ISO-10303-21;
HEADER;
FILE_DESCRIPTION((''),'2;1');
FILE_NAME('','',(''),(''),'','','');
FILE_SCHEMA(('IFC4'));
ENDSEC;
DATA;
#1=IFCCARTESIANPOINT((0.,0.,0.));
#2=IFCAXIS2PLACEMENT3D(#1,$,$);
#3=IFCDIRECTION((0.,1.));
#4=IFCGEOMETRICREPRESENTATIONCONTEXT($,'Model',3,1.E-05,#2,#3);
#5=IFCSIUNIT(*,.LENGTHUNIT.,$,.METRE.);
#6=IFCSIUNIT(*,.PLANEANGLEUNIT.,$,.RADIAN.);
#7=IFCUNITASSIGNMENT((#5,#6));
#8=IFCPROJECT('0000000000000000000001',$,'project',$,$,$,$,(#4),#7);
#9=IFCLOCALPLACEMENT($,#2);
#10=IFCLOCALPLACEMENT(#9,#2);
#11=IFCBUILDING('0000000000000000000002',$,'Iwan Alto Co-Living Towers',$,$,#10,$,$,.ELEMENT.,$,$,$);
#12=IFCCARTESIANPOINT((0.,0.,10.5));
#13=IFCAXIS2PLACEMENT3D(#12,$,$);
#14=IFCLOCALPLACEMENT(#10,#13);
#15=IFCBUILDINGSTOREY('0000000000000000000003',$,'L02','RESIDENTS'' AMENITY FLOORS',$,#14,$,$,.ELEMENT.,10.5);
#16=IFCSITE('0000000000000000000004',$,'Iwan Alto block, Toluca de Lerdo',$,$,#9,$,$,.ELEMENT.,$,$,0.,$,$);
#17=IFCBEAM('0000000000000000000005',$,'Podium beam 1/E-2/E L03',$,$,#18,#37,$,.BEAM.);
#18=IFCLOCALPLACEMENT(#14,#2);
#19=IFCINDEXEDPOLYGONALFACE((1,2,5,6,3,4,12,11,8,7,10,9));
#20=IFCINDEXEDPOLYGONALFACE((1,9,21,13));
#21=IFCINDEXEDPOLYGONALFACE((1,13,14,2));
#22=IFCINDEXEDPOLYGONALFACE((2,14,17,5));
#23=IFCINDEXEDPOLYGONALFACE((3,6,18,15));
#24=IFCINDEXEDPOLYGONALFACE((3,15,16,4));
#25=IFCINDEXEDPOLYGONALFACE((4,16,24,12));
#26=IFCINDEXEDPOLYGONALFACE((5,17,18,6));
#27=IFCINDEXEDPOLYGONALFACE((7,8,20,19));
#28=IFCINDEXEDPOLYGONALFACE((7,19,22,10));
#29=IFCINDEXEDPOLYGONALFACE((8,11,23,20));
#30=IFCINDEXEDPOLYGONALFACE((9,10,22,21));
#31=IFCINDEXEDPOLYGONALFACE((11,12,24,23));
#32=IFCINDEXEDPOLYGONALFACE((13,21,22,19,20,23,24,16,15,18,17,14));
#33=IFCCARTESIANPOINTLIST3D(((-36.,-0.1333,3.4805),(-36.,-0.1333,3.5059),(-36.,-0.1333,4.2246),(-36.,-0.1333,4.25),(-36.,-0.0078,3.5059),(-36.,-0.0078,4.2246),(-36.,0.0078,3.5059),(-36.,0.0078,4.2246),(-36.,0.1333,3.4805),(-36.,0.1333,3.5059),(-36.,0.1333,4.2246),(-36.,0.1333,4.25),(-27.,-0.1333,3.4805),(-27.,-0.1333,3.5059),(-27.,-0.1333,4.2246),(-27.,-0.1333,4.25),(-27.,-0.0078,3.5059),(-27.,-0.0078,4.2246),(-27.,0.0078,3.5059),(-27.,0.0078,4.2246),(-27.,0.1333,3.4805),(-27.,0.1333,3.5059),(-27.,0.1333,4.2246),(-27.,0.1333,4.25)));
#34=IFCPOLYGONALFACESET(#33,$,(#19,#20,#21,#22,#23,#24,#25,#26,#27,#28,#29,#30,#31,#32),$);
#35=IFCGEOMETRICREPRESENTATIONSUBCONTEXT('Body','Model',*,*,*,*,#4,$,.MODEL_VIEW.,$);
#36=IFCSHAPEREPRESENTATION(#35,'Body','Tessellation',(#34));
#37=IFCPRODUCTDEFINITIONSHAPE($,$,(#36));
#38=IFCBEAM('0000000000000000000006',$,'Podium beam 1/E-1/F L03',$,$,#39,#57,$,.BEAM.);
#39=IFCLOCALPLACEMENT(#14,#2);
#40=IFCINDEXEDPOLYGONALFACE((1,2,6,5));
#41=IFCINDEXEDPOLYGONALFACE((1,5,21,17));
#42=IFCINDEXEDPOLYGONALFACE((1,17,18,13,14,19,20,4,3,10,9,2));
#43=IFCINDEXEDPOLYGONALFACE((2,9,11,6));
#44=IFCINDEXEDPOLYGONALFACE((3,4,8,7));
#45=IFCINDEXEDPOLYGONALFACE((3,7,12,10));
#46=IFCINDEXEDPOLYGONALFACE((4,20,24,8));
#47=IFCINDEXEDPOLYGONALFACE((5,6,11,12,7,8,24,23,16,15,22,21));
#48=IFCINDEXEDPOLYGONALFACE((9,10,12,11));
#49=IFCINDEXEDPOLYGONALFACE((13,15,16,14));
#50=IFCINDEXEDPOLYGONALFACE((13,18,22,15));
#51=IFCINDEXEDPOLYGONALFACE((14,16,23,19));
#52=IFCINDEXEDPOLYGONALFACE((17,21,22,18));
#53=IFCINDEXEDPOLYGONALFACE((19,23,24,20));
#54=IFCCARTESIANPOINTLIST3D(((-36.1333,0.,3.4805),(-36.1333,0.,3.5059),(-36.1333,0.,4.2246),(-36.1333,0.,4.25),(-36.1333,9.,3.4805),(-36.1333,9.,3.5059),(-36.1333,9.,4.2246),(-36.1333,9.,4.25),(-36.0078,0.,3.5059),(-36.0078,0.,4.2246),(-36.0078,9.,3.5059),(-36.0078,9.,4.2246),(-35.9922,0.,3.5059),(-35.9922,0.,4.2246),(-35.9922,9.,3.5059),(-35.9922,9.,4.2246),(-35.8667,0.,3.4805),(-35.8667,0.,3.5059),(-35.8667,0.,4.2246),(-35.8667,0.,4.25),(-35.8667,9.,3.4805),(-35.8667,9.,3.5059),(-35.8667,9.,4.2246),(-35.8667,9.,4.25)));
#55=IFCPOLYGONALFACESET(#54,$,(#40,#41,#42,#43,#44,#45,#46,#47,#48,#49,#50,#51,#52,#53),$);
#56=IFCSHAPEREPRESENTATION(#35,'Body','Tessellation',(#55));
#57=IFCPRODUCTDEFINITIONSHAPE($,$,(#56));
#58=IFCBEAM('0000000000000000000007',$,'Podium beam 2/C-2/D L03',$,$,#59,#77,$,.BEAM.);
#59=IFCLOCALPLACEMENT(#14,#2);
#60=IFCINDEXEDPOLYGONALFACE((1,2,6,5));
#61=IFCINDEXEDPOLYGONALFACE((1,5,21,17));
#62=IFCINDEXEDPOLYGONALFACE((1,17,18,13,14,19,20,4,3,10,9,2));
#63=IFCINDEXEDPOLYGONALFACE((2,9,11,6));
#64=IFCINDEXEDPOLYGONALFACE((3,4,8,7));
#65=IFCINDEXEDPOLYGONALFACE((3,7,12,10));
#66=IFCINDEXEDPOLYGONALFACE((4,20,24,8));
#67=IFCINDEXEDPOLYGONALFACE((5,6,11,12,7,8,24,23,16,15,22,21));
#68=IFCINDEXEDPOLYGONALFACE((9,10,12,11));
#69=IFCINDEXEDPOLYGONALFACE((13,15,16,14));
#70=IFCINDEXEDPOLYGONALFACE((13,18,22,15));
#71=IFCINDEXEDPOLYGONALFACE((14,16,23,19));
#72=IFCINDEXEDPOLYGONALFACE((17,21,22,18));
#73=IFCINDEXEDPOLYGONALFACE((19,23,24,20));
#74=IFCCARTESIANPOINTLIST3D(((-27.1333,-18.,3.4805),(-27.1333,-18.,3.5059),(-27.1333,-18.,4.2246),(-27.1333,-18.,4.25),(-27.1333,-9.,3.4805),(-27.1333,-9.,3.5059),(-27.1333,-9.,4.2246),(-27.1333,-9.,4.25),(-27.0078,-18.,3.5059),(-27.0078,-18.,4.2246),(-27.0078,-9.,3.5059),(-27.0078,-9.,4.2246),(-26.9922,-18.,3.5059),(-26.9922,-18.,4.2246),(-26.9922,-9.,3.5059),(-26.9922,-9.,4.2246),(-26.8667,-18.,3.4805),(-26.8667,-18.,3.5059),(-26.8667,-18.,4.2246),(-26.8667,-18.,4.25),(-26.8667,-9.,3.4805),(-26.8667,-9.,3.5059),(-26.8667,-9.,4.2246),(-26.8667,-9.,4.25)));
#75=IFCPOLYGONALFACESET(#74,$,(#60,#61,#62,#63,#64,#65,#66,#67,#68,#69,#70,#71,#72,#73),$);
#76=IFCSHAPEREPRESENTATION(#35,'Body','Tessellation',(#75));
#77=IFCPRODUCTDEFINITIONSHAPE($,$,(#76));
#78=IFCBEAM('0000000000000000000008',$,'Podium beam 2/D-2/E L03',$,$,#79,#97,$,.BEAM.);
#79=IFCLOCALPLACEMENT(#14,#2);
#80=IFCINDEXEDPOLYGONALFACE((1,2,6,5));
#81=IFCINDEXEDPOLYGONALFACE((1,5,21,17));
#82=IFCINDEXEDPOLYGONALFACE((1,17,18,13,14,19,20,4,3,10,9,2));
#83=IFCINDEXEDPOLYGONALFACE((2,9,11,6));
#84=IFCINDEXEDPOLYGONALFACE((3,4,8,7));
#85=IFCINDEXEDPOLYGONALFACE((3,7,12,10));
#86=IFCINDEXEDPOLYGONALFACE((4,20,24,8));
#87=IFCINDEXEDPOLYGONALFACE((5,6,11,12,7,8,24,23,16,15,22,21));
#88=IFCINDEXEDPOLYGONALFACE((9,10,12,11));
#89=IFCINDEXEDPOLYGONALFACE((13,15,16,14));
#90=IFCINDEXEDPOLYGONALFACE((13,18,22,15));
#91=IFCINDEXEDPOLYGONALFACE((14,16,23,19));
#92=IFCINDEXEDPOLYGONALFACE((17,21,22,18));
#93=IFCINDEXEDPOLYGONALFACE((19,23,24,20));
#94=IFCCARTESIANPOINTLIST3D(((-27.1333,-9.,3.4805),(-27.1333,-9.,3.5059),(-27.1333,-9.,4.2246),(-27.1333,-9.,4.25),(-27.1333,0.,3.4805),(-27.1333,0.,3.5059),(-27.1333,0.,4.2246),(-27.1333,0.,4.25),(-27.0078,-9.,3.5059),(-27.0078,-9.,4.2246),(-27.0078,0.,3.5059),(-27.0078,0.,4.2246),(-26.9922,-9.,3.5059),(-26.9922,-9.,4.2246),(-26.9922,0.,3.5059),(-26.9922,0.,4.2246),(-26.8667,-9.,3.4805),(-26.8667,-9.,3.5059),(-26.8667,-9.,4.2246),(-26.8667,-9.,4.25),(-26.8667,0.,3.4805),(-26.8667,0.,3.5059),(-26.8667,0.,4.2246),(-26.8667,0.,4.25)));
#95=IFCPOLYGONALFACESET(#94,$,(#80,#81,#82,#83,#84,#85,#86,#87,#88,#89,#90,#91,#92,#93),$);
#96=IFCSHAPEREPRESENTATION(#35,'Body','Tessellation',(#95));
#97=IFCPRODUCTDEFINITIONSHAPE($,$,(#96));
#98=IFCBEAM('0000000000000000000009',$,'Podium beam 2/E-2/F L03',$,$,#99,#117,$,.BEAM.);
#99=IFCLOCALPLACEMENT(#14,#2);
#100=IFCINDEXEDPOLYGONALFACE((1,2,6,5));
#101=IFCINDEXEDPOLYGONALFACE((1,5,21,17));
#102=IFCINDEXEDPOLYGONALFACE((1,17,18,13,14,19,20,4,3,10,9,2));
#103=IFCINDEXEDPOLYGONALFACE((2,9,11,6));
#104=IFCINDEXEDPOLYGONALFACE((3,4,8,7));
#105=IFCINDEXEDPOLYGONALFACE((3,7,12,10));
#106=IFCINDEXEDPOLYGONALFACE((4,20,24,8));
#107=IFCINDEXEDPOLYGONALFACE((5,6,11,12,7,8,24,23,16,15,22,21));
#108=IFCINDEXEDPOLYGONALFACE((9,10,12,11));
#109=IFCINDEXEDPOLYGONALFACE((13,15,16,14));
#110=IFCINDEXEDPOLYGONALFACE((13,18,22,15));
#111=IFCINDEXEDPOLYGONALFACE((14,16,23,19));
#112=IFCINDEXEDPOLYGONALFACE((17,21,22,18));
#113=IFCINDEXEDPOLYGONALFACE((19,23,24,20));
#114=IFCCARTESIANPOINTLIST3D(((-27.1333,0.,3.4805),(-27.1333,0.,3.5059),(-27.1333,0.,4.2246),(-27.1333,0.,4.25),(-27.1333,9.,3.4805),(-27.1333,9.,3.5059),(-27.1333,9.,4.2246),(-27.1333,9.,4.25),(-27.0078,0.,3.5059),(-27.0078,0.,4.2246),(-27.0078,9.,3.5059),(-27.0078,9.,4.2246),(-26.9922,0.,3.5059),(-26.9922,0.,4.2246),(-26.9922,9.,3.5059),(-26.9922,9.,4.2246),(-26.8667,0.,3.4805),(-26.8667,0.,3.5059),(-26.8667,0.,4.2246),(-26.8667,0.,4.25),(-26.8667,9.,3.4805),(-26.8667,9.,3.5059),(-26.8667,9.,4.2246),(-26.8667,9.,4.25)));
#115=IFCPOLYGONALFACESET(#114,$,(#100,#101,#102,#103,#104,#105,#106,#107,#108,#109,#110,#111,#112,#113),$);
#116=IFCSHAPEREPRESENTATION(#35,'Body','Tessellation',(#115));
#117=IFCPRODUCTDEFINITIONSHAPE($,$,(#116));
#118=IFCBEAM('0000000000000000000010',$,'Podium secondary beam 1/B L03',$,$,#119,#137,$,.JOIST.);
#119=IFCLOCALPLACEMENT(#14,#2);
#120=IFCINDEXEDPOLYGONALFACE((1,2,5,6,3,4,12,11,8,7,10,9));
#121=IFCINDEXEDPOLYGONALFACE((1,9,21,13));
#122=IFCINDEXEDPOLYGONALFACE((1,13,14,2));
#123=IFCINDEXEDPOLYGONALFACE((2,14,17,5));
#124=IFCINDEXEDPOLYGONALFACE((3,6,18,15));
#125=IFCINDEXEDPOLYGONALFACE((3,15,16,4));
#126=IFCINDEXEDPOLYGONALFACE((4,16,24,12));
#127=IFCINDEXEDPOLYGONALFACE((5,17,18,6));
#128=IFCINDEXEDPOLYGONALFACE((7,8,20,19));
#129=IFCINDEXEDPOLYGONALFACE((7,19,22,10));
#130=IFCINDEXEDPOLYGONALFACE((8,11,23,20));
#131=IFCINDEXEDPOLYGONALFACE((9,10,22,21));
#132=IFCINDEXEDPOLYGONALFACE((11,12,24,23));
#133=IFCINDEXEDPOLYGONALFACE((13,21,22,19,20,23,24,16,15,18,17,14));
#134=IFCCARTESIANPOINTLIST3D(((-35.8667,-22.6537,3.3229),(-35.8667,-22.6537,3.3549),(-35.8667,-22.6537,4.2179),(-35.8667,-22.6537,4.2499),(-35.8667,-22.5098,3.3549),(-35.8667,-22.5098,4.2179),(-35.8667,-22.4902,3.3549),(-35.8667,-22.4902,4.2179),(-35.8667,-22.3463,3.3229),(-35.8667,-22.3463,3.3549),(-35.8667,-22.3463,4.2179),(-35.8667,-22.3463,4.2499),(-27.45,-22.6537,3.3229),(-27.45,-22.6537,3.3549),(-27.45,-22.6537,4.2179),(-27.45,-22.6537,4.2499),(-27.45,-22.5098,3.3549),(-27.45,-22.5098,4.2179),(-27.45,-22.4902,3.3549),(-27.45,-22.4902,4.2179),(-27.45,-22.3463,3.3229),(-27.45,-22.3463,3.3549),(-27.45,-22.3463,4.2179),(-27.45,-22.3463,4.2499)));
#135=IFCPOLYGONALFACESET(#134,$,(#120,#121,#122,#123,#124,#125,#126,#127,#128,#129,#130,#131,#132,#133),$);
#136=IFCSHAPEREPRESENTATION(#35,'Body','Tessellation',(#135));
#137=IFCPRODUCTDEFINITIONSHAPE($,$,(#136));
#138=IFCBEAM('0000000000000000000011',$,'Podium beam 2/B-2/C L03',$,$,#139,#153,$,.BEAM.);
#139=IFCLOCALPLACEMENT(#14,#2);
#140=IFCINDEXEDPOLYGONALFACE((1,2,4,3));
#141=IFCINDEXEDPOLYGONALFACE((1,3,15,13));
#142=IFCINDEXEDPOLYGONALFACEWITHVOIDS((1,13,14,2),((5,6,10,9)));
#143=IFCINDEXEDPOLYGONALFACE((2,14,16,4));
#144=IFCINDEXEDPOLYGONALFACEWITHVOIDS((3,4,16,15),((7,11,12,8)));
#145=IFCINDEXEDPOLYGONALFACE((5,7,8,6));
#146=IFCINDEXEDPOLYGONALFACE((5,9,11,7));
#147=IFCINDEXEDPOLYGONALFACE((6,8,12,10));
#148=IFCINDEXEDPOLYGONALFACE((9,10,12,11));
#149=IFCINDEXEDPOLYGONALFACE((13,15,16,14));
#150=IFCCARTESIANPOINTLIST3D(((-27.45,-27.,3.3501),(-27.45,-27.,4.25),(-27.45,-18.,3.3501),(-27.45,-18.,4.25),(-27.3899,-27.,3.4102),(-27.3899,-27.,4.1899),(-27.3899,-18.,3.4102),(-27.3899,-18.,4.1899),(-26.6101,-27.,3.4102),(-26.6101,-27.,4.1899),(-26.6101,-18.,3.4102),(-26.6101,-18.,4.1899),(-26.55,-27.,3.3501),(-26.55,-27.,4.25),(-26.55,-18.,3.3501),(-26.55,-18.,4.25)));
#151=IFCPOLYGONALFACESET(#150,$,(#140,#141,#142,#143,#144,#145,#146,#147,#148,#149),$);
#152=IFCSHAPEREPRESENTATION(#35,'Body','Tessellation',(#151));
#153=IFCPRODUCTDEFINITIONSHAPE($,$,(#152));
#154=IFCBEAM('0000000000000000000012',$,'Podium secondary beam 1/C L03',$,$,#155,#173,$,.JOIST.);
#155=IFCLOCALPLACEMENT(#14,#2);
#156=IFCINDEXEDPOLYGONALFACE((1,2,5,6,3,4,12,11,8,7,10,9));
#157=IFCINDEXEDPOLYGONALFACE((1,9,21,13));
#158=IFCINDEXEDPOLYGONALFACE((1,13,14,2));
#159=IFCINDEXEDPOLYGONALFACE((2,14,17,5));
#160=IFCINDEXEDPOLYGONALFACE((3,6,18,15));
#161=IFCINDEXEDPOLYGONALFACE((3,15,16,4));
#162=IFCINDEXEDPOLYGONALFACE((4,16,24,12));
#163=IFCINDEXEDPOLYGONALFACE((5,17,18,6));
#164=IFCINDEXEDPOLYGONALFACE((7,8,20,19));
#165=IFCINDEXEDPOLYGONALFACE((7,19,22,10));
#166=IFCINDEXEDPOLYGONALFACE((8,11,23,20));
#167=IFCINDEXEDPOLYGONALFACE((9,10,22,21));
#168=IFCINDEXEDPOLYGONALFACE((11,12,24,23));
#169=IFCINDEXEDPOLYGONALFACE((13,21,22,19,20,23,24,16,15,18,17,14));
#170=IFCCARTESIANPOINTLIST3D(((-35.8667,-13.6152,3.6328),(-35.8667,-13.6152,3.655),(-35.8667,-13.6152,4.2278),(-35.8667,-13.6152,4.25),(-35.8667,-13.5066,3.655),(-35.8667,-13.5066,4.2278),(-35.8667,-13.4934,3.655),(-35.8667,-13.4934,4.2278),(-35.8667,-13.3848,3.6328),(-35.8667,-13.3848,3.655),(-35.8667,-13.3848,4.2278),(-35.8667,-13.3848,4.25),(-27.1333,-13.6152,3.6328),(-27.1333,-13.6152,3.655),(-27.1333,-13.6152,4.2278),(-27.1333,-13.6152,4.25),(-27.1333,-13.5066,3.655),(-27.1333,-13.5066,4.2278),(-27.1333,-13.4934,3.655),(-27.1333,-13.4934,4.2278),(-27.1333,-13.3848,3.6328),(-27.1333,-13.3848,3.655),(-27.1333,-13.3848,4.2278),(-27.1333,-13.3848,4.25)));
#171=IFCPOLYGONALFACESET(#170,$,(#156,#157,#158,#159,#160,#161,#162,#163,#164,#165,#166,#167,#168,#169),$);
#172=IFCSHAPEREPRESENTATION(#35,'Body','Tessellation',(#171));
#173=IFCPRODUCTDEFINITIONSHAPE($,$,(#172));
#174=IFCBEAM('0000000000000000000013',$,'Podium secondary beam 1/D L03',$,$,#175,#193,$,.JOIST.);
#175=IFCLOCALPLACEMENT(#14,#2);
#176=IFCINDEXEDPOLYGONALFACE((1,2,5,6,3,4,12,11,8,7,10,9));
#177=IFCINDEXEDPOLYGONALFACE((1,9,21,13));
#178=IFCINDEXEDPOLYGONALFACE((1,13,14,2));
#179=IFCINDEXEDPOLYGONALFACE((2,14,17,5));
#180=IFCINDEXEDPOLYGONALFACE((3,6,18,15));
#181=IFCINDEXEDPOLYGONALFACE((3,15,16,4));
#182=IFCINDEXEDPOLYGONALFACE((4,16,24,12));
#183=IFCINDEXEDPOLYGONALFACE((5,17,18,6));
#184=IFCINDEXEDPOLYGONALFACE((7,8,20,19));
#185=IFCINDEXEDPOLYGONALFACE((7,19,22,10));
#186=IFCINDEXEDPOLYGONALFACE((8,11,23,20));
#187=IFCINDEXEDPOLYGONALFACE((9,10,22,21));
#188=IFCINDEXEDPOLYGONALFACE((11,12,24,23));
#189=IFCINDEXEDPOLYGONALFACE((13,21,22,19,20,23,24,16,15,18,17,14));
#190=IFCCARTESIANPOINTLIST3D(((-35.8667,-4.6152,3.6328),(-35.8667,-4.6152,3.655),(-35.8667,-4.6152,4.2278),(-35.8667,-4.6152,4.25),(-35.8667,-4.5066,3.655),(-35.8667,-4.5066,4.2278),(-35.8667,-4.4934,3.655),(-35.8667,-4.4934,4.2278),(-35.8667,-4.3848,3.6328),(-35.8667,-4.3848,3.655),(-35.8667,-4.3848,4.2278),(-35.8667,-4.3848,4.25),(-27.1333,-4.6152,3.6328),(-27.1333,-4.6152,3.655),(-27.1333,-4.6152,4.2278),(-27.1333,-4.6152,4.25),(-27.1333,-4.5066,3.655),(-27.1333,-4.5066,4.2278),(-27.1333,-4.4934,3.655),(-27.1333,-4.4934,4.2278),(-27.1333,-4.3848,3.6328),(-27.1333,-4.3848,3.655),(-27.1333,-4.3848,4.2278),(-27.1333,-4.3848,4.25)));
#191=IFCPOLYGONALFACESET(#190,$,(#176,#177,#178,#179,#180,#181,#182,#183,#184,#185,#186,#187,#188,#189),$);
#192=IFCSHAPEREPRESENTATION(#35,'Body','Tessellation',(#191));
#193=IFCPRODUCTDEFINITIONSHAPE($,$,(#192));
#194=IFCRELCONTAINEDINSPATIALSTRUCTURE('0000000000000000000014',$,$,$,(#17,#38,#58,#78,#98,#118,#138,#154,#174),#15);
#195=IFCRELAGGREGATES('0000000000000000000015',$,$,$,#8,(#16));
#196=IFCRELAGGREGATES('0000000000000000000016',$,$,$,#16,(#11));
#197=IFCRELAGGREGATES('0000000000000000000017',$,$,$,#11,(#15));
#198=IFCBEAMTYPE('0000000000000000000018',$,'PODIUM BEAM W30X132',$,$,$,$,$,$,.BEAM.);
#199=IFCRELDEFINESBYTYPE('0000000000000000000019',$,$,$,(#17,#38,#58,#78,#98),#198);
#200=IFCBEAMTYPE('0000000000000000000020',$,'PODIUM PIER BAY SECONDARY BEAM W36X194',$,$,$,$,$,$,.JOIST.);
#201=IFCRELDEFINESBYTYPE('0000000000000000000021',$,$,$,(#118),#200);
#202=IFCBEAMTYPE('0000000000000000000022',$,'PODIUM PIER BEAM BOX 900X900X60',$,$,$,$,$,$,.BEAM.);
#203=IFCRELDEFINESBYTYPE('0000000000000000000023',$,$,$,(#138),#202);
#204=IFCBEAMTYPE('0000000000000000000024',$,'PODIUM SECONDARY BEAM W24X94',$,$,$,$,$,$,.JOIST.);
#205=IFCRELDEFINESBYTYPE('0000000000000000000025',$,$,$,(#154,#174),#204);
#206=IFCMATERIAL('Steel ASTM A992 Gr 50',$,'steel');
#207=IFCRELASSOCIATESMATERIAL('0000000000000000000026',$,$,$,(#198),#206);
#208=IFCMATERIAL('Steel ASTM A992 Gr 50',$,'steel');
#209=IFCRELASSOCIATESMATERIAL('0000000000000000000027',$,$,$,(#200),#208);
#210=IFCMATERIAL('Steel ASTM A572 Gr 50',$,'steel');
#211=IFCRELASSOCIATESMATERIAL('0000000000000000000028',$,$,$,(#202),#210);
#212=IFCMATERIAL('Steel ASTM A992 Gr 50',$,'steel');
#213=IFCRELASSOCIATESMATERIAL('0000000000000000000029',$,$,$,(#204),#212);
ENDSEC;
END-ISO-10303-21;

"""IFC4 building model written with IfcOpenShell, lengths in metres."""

from ifc_helpers import new_model, si_unit, direction, frame, origin, origin_2d, place, context, subcontext, project, spatial, hollow_rectangle, i_section, extrude, material, material_profile, profile_set, type_object, element, save


model = new_model("IFC4")

# Units and contexts
model_context = context("Model", 3, precision=1e-05, world=origin(), true_north=direction((0.0, 1.0)))
body_context = subcontext(model_context, "Body", "Model", "MODEL_VIEW")
ifc_project = project(units=[si_unit("LENGTHUNIT", "METRE"), si_unit("PLANEANGLEUNIT", "RADIAN")], contexts=[model_context])

# Site, building, storey
site_placement = place(None, origin())
site = spatial("IfcSite", under=ifc_project, at=site_placement, Name="Iwan Alto block, Toluca de Lerdo", CompositionType="ELEMENT", RefElevation=0.0)
building_placement = place(site_placement, origin())
building = spatial("IfcBuilding", under=site, at=building_placement, Name="Iwan Alto Co-Living Towers", CompositionType="ELEMENT")
storey_placement = place(building_placement, frame((0.0, 0.0, 10.5)))
storey = spatial("IfcBuildingStorey", under=building, at=storey_placement, Name="L02", Description="RESIDENTS' AMENITY FLOORS", CompositionType="ELEMENT", Elevation=10.5)

# Beams
ifc_material_1 = material(Name="Steel ASTM A992 Gr 50", Category="steel")
ifc_material_profile_1 = material_profile(ifc_material_1, i_section(OverallWidth=0.2666, OverallDepth=0.7695, WebThickness=0.0156, FlangeThickness=0.0254, at=origin_2d()), Name="W30X132")
ifc_profile_set_1 = profile_set([ifc_material_profile_1], Name="Steel ASTM A992 Gr 50")
beam_type_1 = type_object("IfcBeamType", Name="PODIUM BEAM W30X132", PredefinedType="BEAM", material=ifc_profile_set_1)
for number, where, z_axis, x_axis, name in (
    (1, (-36.0, 0.0, 3.8652), (1.0, 0.0, 0.0), (0.0, 1.0, 0.0), "Podium beam 1/E-2/E L03"),
    (2, (-36.0, 0.0, 3.8652), (0.0, 1.0, 0.0), (-1.0, 0.0, 0.0), "Podium beam 1/E-1/F L03"),
    (3, (-27.0, -18.0, 3.8652), (0.0, 1.0, 0.0), (-1.0, 0.0, 0.0), "Podium beam 2/C-2/D L03"),
    (4, (-27.0, -9.0, 3.8652), (0.0, 1.0, 0.0), (-1.0, 0.0, 0.0), "Podium beam 2/D-2/E L03"),
    (5, (-27.0, 0.0, 3.8652), (0.0, 1.0, 0.0), (-1.0, 0.0, 0.0), "Podium beam 2/E-2/F L03"),
):
    element("IfcBeam", number, at=place(storey_placement, frame(where, z_axis=z_axis, x_axis=x_axis)), inside=storey, type_object=beam_type_1, Name=name, PredefinedType="BEAM", context=body_context, shape_type="SweptSolid", body=[
        extrude(i_section(OverallWidth=0.2666, OverallDepth=0.7695, WebThickness=0.0156, FlangeThickness=0.0254, at=origin_2d()), origin(), (0.0, 0.0, 1.0), 9.0),
    ])
ifc_material_2 = material(Name="Steel ASTM A992 Gr 50", Category="steel")
ifc_material_profile_2 = material_profile(ifc_material_2, i_section(OverallWidth=0.3074, OverallDepth=0.927, WebThickness=0.0195, FlangeThickness=0.032, at=origin_2d()), Name="W36X194")
ifc_profile_set_2 = profile_set([ifc_material_profile_2], Name="Steel ASTM A992 Gr 50")
beam_type_2 = type_object("IfcBeamType", Name="PODIUM PIER BAY SECONDARY BEAM W36X194", PredefinedType="JOIST", material=ifc_profile_set_2)
beam_1_placement = place(storey_placement, frame((-35.8667, -22.5, 3.7864), z_axis=(1.0, 0.0, 0.0), x_axis=(0.0, 1.0, 0.0)))
element("IfcBeam", 6, at=beam_1_placement, inside=storey, type_object=beam_type_2, Name="Podium secondary beam 1/B L03", PredefinedType="JOIST", context=body_context, shape_type="SweptSolid", body=[
    extrude(i_section(OverallWidth=0.3074, OverallDepth=0.927, WebThickness=0.0195, FlangeThickness=0.032, at=origin_2d()), origin(), (0.0, 0.0, 1.0), 8.4167),
])
ifc_material_3 = material(Name="Steel ASTM A572 Gr 50", Category="steel")
ifc_material_profile_3 = material_profile(ifc_material_3, hollow_rectangle(XDim=0.8999, YDim=0.8999, WallThickness=0.0601, at=origin_2d()), Name="BOX 900X900X60")
ifc_profile_set_3 = profile_set([ifc_material_profile_3], Name="Steel ASTM A572 Gr 50")
beam_type_3 = type_object("IfcBeamType", Name="PODIUM PIER BEAM BOX 900X900X60", PredefinedType="BEAM", material=ifc_profile_set_3)
beam_2_placement = place(storey_placement, frame((-27.0, -27.0, 3.8), z_axis=(0.0, 1.0, 0.0), x_axis=(-1.0, 0.0, 0.0)))
element("IfcBeam", 7, at=beam_2_placement, inside=storey, type_object=beam_type_3, Name="Podium beam 2/B-2/C L03", PredefinedType="BEAM", context=body_context, shape_type="SweptSolid", body=[
    extrude(hollow_rectangle(XDim=0.8999, YDim=0.8999, WallThickness=0.0601, at=origin_2d()), origin(), (0.0, 0.0, 1.0), 9.0),
])
ifc_material_4 = material(Name="Steel ASTM A992 Gr 50", Category="steel")
ifc_material_profile_4 = material_profile(ifc_material_4, i_section(OverallWidth=0.2305, OverallDepth=0.6172, WebThickness=0.0132, FlangeThickness=0.0222, at=origin_2d()), Name="W24X94")
ifc_profile_set_4 = profile_set([ifc_material_profile_4], Name="Steel ASTM A992 Gr 50")
beam_type_4 = type_object("IfcBeamType", Name="PODIUM SECONDARY BEAM W24X94", PredefinedType="JOIST", material=ifc_profile_set_4)
for number, where, z_axis, x_axis, name in (
    (8, (-35.8667, -13.5, 3.9414), (1.0, 0.0, 0.0), (0.0, 1.0, 0.0), "Podium secondary beam 1/C L03"),
    (9, (-35.8667, -4.5, 3.9414), (1.0, 0.0, 0.0), (0.0, 1.0, 0.0), "Podium secondary beam 1/D L03"),
):
    element("IfcBeam", number, at=place(storey_placement, frame(where, z_axis=z_axis, x_axis=x_axis)), inside=storey, type_object=beam_type_4, Name=name, PredefinedType="JOIST", context=body_context, shape_type="SweptSolid", body=[
        extrude(i_section(OverallWidth=0.2305, OverallDepth=0.6172, WebThickness=0.0132, FlangeThickness=0.0222, at=origin_2d()), origin(), (0.0, 0.0, 1.0), 8.7334),
    ])

save(model, "model.ifc")
